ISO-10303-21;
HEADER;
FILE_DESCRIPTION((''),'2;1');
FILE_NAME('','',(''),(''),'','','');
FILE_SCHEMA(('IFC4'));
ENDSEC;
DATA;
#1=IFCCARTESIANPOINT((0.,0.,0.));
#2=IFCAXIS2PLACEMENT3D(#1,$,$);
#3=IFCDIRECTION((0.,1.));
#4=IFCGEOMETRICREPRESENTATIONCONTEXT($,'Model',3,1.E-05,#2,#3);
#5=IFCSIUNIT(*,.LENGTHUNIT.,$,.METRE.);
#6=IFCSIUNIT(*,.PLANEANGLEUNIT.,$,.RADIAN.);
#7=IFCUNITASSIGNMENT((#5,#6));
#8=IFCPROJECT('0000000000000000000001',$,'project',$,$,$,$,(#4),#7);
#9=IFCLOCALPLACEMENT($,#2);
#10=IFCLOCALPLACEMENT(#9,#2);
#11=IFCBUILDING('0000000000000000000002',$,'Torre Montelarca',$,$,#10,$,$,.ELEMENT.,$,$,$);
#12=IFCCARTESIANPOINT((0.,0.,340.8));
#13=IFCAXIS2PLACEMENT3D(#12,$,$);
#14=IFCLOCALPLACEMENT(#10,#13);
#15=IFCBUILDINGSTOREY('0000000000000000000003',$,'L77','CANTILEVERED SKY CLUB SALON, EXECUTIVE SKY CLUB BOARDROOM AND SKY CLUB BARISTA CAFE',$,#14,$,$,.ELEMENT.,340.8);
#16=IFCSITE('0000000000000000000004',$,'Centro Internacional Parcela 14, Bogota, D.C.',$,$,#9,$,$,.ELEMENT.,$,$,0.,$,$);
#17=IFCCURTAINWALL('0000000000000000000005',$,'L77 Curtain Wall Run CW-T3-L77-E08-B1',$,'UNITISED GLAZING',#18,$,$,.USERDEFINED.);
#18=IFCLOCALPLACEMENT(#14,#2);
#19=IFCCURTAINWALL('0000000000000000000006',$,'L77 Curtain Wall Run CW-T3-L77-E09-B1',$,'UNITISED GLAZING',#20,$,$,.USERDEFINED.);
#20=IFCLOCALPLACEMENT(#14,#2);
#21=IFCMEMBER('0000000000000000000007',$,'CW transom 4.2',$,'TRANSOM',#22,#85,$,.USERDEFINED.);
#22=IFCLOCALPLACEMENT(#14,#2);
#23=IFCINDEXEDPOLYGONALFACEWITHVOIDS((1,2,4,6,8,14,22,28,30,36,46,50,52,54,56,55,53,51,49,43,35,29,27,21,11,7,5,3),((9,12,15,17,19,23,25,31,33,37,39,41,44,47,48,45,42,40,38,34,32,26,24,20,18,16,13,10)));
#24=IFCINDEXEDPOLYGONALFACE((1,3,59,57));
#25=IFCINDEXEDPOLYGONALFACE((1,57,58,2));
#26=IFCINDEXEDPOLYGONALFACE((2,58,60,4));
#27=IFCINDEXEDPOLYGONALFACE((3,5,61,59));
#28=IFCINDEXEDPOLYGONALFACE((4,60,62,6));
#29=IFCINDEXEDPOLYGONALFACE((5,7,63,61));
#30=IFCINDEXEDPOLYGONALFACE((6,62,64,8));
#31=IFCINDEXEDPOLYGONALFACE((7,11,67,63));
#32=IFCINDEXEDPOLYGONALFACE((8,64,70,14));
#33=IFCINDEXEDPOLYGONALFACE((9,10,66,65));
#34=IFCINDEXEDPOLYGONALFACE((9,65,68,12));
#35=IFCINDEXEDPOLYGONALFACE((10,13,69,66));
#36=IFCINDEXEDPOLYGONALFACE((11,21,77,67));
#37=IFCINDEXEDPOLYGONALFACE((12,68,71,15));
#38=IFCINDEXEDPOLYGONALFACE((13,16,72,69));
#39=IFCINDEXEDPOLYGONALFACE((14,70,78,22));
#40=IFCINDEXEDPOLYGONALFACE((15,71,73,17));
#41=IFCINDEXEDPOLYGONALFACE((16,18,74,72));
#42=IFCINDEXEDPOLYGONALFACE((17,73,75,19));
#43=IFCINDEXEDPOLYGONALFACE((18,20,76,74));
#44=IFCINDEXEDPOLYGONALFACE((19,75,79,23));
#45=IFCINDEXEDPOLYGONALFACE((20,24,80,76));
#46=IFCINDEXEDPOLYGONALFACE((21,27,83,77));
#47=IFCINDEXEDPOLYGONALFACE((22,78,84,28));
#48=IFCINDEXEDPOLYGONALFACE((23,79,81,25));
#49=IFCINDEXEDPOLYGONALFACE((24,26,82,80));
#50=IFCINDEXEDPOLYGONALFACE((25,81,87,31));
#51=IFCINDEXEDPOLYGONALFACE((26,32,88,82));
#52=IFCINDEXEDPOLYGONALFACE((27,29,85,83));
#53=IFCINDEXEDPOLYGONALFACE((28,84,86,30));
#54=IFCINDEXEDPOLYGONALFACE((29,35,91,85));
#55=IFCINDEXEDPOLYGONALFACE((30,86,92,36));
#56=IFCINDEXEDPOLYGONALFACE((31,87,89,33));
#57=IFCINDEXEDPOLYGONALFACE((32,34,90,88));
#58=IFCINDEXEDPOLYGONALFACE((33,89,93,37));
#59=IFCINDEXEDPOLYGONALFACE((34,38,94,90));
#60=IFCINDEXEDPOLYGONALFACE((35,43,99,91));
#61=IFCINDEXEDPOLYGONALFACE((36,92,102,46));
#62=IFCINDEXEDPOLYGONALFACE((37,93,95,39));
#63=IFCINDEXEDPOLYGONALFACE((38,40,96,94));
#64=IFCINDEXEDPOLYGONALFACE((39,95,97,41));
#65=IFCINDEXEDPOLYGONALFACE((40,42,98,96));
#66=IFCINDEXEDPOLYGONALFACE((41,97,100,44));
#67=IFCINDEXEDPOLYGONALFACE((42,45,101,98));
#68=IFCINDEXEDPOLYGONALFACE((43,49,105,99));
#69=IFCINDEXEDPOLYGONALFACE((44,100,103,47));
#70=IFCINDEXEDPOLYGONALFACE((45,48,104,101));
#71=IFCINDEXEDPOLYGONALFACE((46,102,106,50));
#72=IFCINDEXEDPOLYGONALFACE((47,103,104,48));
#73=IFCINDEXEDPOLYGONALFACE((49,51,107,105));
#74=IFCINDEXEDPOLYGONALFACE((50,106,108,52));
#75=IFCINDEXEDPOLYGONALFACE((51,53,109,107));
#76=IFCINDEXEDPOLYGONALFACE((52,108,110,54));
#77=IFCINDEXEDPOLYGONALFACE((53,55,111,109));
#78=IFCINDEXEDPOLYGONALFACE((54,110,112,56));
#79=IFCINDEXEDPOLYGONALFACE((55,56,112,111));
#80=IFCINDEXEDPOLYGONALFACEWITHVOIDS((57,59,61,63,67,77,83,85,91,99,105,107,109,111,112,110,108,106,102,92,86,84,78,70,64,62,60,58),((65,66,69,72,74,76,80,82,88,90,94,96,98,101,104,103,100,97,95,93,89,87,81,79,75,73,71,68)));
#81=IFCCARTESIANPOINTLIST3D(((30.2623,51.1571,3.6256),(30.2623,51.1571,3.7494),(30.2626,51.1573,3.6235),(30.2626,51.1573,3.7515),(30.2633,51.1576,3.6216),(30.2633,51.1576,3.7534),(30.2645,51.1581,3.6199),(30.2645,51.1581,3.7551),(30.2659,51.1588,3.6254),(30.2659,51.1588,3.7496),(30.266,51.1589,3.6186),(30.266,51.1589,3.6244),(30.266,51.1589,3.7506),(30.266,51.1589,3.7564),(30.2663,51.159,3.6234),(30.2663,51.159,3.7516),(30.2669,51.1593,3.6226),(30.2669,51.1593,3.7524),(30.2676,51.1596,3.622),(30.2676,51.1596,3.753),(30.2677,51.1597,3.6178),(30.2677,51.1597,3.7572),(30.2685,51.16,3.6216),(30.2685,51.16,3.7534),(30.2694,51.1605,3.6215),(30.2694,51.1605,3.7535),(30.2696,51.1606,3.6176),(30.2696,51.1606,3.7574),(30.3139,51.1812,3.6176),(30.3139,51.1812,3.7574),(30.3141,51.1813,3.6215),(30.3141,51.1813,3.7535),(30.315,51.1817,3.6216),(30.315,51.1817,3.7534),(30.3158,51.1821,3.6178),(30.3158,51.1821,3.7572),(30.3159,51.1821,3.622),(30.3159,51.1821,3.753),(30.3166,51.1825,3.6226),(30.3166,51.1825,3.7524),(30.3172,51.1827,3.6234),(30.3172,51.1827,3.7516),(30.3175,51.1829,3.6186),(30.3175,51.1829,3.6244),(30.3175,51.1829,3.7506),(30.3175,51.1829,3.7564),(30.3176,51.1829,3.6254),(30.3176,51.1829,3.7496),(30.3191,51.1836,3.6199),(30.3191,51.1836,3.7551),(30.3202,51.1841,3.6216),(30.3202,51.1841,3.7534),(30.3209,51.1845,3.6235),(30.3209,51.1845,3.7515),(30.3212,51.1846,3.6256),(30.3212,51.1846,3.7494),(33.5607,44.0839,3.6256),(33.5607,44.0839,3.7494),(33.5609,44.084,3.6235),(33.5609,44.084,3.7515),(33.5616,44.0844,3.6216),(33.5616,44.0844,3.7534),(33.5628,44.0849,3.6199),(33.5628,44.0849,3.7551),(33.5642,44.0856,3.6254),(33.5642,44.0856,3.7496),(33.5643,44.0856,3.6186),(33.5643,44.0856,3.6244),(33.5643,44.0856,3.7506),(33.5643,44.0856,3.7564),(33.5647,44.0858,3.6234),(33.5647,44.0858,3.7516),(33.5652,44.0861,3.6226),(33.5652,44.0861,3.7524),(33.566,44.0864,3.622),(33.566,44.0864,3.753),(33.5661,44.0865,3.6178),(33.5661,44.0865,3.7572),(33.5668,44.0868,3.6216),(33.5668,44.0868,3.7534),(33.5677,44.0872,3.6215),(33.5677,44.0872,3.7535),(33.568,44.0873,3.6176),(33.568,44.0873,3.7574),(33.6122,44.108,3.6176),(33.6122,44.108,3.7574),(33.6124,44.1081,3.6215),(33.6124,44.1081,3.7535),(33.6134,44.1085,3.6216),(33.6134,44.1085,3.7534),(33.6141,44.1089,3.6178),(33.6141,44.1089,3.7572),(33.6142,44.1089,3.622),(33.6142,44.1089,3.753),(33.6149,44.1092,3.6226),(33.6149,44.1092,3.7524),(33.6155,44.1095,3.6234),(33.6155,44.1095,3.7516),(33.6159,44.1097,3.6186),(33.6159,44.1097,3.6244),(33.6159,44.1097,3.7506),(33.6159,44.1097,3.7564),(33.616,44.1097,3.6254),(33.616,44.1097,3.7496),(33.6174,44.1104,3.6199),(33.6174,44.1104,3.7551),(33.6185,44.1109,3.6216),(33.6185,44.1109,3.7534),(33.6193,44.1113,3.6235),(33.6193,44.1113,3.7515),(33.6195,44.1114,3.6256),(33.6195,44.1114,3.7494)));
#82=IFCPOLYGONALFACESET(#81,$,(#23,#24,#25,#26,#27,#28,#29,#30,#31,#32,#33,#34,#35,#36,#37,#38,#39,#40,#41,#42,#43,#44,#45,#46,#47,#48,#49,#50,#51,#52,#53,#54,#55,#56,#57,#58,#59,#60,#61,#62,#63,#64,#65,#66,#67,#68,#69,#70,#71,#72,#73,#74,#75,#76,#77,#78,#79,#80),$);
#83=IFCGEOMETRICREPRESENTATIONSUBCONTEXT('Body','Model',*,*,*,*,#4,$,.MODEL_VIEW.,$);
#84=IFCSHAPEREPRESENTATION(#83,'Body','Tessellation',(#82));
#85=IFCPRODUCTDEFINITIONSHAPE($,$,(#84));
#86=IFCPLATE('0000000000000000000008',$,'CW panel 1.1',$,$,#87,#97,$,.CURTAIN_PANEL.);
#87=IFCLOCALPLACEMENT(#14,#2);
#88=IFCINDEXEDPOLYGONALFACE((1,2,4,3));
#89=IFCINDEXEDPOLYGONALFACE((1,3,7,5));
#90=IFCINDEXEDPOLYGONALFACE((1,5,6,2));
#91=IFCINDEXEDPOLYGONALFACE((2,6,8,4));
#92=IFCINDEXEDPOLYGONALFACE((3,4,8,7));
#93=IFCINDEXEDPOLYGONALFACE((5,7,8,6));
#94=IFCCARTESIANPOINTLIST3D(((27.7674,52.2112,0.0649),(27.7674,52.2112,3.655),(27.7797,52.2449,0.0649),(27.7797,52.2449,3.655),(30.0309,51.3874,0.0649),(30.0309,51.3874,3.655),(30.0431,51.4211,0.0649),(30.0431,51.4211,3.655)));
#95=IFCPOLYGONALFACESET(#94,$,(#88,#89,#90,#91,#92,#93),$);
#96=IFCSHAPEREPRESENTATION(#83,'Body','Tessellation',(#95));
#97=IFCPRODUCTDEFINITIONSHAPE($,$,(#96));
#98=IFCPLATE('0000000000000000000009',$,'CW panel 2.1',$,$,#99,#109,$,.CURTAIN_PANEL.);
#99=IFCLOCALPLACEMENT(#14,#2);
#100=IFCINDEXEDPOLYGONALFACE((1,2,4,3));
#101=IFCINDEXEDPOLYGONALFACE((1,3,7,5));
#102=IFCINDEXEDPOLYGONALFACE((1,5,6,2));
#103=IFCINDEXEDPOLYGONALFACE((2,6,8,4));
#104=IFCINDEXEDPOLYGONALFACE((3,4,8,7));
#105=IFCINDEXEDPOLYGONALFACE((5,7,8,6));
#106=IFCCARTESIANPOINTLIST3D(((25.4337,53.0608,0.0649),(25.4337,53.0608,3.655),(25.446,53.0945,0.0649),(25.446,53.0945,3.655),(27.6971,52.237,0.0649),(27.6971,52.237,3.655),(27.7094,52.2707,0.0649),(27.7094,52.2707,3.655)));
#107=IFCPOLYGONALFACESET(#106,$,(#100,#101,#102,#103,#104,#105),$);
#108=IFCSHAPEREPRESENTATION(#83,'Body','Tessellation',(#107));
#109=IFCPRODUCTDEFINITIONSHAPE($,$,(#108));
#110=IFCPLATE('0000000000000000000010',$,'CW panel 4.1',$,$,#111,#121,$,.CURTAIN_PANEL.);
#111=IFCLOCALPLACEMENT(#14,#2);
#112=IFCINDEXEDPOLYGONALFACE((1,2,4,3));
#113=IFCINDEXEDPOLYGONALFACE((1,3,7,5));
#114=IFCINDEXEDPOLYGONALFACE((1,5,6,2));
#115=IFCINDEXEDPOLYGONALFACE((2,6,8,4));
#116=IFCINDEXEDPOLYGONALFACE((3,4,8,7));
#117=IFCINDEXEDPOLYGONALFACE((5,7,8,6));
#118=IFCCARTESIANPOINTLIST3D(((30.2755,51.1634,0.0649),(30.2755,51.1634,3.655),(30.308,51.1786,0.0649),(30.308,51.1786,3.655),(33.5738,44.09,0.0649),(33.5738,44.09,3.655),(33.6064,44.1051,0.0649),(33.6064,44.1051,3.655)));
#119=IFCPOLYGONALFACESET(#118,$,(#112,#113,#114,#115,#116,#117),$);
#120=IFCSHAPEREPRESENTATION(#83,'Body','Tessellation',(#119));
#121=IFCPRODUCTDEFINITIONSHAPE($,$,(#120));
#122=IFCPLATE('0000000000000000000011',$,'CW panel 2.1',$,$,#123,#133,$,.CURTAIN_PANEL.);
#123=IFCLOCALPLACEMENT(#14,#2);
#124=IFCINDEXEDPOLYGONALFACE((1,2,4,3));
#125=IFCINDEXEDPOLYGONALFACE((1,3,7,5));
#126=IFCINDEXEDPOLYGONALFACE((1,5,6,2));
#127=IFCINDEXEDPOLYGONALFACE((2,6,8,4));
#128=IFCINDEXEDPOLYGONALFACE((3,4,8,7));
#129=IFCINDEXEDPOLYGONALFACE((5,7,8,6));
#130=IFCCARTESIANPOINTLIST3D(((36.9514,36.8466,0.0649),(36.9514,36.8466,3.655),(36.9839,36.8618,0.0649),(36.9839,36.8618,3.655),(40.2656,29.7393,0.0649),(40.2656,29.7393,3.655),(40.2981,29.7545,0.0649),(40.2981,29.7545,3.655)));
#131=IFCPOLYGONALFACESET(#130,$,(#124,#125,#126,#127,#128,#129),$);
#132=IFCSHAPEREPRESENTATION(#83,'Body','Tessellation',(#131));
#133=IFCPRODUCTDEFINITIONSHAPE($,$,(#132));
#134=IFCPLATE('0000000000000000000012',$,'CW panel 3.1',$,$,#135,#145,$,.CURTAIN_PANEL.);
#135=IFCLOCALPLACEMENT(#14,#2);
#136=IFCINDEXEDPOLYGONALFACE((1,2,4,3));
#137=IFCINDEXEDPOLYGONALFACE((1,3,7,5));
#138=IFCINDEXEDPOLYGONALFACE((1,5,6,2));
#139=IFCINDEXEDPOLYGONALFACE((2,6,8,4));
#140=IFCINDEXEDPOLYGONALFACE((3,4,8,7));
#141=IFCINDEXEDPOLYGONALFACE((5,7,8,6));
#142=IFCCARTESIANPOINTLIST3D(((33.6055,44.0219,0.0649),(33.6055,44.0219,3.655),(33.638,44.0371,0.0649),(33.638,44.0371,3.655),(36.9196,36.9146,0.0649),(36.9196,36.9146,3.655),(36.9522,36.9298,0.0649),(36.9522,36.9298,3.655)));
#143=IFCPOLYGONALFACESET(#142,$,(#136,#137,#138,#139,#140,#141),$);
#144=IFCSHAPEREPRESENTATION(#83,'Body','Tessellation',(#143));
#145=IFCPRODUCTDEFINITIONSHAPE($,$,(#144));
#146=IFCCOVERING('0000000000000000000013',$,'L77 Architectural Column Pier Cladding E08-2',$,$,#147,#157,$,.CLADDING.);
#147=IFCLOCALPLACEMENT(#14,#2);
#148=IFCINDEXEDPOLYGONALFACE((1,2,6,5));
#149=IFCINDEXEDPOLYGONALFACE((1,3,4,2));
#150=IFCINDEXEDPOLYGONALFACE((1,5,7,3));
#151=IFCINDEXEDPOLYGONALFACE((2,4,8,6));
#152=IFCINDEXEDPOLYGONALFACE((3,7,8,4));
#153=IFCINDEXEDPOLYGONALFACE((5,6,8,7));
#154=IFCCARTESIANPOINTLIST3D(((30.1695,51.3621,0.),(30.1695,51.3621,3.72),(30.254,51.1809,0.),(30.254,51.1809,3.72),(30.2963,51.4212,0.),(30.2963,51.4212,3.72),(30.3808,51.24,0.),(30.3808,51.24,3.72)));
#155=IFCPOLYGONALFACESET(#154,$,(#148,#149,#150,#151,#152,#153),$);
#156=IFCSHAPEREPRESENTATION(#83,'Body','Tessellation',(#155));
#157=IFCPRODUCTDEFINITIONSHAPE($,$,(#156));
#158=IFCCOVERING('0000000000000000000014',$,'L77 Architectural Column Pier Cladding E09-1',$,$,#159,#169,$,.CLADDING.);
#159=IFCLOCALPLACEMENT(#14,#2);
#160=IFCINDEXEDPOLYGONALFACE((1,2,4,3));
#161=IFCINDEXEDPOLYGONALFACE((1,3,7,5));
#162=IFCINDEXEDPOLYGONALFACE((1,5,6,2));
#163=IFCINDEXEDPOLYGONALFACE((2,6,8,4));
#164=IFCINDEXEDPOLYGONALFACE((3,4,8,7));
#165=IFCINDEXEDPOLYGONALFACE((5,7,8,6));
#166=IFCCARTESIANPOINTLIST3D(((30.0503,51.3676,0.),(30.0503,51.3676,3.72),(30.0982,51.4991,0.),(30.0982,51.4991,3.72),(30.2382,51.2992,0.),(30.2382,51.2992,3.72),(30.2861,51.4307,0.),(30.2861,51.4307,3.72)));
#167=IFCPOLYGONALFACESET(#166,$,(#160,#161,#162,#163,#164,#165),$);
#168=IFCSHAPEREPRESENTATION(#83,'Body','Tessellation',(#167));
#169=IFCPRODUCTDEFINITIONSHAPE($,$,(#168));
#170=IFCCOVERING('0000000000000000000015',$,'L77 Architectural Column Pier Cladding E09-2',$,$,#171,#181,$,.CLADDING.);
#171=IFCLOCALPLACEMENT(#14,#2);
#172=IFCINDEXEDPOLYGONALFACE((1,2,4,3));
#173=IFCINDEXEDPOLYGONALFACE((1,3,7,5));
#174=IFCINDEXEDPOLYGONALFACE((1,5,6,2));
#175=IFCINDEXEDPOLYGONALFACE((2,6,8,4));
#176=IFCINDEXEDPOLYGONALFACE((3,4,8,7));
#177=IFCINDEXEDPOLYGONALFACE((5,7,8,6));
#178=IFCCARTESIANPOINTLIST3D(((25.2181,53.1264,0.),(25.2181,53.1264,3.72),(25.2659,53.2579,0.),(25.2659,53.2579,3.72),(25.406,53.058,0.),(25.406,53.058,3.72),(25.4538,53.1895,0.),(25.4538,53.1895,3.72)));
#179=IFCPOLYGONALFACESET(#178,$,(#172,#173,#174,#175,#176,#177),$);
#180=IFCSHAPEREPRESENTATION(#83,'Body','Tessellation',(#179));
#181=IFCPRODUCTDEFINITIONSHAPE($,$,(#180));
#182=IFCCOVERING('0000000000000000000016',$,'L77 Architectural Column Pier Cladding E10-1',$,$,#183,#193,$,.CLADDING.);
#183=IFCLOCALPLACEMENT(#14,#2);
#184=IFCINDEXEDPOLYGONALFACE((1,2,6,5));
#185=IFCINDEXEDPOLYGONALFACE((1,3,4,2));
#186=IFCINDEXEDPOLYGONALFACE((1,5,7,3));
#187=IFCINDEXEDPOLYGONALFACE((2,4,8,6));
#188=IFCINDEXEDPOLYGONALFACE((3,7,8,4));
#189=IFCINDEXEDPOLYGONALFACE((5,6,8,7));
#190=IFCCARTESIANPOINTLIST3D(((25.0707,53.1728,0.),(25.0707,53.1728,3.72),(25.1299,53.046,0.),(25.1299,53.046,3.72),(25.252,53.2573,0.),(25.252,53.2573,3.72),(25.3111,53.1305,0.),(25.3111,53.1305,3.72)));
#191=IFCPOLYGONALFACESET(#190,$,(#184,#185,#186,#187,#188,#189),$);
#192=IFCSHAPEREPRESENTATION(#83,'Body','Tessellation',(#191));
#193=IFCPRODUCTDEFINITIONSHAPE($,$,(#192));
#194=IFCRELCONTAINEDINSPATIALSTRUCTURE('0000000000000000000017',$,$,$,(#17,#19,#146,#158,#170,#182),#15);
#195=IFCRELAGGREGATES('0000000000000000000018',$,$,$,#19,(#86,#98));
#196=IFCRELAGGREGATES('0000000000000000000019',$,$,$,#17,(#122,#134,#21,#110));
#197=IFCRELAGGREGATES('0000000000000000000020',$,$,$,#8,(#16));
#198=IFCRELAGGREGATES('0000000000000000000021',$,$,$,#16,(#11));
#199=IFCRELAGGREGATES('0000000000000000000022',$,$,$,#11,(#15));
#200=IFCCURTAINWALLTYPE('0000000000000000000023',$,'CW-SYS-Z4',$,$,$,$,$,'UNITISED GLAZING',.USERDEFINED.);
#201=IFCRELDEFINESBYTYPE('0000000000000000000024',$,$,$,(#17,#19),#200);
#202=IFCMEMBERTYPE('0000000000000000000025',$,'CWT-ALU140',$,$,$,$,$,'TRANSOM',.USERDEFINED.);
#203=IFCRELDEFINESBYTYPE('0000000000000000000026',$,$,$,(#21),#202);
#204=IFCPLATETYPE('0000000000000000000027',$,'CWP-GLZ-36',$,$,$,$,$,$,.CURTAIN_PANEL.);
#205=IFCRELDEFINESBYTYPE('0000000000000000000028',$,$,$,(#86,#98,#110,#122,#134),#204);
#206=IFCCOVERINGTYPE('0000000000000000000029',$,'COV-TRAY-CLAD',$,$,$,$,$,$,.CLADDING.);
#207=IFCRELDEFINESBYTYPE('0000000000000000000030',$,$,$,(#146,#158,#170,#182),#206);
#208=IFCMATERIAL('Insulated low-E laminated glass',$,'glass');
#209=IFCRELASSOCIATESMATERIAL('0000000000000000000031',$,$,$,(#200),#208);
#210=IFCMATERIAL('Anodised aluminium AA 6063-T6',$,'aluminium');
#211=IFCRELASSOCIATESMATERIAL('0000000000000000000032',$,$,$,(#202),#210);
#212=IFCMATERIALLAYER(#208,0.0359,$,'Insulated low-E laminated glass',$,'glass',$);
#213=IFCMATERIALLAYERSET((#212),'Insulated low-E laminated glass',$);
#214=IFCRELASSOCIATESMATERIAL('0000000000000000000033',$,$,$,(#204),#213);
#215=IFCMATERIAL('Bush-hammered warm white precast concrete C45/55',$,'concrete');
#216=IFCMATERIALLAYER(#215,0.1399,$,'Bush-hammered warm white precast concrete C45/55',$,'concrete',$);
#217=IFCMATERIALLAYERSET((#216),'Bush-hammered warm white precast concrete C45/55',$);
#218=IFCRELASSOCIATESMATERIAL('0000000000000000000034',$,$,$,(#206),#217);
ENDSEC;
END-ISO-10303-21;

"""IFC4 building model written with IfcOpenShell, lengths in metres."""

from ifc_helpers import new_model, si_unit, direction, frame, origin, origin_2d, place, context, subcontext, project, spatial, rectangle, hollow_rectangle, extrude, source, transform, mapped, material, layer, layer_set, material_profile, profile_set, type_object, element, aggregate, save


model = new_model("IFC4")

# Units and contexts
model_context = context("Model", 3, precision=1e-05, world=origin(), true_north=direction((0.0, 1.0)))
body_context = subcontext(model_context, "Body", "Model", "MODEL_VIEW")
ifc_project = project(units=[si_unit("LENGTHUNIT", "METRE"), si_unit("PLANEANGLEUNIT", "RADIAN")], contexts=[model_context])

# Site, building, storey
site_placement = place(None, origin())
site = spatial("IfcSite", under=ifc_project, at=site_placement, Name="Centro Internacional Parcela 14, Bogota, D.C.", CompositionType="ELEMENT", RefElevation=0.0)
building_placement = place(site_placement, origin())
building = spatial("IfcBuilding", under=site, at=building_placement, Name="Torre Montelarca", CompositionType="ELEMENT")
storey_placement = place(building_placement, frame((0.0, 0.0, 340.8)))
storey = spatial("IfcBuildingStorey", under=building, at=storey_placement, Name="L77", Description="CANTILEVERED SKY CLUB SALON, EXECUTIVE SKY CLUB BOARDROOM AND SKY CLUB BARISTA CAFE", CompositionType="ELEMENT", Elevation=340.8)

# Curtain walls
ifc_material_1 = material(Name="Insulated low-E laminated glass", Category="glass")
curtain_wall_type = type_object("IfcCurtainWallType", Name="CW-SYS-Z4", ElementType="UNITISED GLAZING", PredefinedType="USERDEFINED", material=ifc_material_1)
curtain_wall_1_placement = place(storey_placement, origin())
curtain_wall_1 = element("IfcCurtainWall", 1, at=curtain_wall_1_placement, inside=storey, type_object=curtain_wall_type, Name="L77 Curtain Wall Run CW-T3-L77-E08-B1", ObjectType="UNITISED GLAZING", PredefinedType="USERDEFINED")
ifc_material_2 = material(Name="Anodised aluminium AA 6063-T6", Category="aluminium")
curtain_wall_2_placement = place(storey_placement, origin())
curtain_wall_2 = element("IfcCurtainWall", 2, at=curtain_wall_2_placement, inside=storey, type_object=curtain_wall_type, Name="L77 Curtain Wall Run CW-T3-L77-E09-B1", ObjectType="UNITISED GLAZING", PredefinedType="USERDEFINED")
ifc_material_profile_1 = material_profile(ifc_material_2, hollow_rectangle(XDim=0.0649, YDim=0.1399, WallThickness=0.0039, InnerFilletRadius=0.0039, OuterFilletRadius=0.0081, at=origin_2d()), Name="ALU65X140X4", Category="aluminium")
ifc_profile_set_1 = profile_set([ifc_material_profile_1], Name="Anodised aluminium AA 6063-T6")
member_type_1 = type_object("IfcMemberType", Name="CWT-ALU140", ElementType="TRANSOM", PredefinedType="USERDEFINED", material=ifc_profile_set_1)

# Member
shared_shape_1 = source(origin(), body_context, "Body", "SweptSolid", [
    extrude(hollow_rectangle(XDim=0.0649, YDim=0.1399, WallThickness=0.0039, InnerFilletRadius=0.0039, OuterFilletRadius=0.0081, at=origin_2d()), origin(), (0.0, 0.0, 1.0), 7.8044),
])
member_1_placement = place(storey_placement, frame((33.5901, 44.0977, 3.6875), z_axis=(-0.422622, 0.906306, 0.0), x_axis=(-0.906306, -0.422622, 0.0)))
member_1 = element("IfcMember", 3, at=member_1_placement, type_object=member_type_1, Name="CW transom 4.2", ObjectType="TRANSOM", PredefinedType="USERDEFINED", context=body_context, shape_type="MappedRepresentation", body=[
    mapped(shared_shape_1, transform((0.0, 0.0, 0.0), scale=1.0)),
])

# Plates
ifc_layer_1 = layer(ifc_material_1, 0.0359, Name="Insulated low-E laminated glass", Category="glass")
ifc_layer_set_1 = layer_set([ifc_layer_1], Name="Insulated low-E laminated glass")
plate_type = type_object("IfcPlateType", Name="CWP-GLZ-36", PredefinedType="CURTAIN_PANEL", material=ifc_layer_set_1)
shared_shape_2 = source(origin(), body_context, "Body", "SweptSolid", [
    extrude(rectangle(XDim=2.4087, YDim=0.0359, at=origin_2d()), origin(), (0.0, 0.0, 1.0), 3.5901),
])
plate_1_placement = place(storey_placement, frame((28.9053, 51.8162, 0.0649), z_axis=(0.0, 0.0, 1.0), x_axis=(-0.939694, 0.342015, 0.0)))
plate_1 = element("IfcPlate", 4, at=plate_1_placement, type_object=plate_type, Name="CW panel 1.1", PredefinedType="CURTAIN_PANEL", context=body_context, shape_type="MappedRepresentation", body=[
    mapped(shared_shape_2, transform((0.0, 0.0, 0.0), scale=1.0)),
])
plate_2_placement = place(storey_placement, frame((26.5715, 52.6658, 0.0649), z_axis=(0.0, 0.0, 1.0), x_axis=(-0.939694, 0.342015, 0.0)))
plate_2 = element("IfcPlate", 5, at=plate_2_placement, type_object=plate_type, Name="CW panel 2.1", PredefinedType="CURTAIN_PANEL", context=body_context, shape_type="MappedRepresentation", body=[
    mapped(shared_shape_2, transform((0.0, 0.0, 0.0), scale=1.0)),
])
aggregate(curtain_wall_2, [plate_1, plate_2])
shared_shape_3 = source(origin(), body_context, "Body", "SweptSolid", [
    extrude(rectangle(XDim=7.8047, YDim=0.0359, at=origin_2d()), origin(), (0.0, 0.0, 1.0), 3.5901),
])
plate_3_placement = place(storey_placement, frame((31.9409, 47.6343, 0.0649), z_axis=(0.0, 0.0, 1.0), x_axis=(-0.422615, 0.906309, 0.0)))
plate_3 = element("IfcPlate", 6, at=plate_3_placement, type_object=plate_type, Name="CW panel 4.1", PredefinedType="CURTAIN_PANEL", context=body_context, shape_type="MappedRepresentation", body=[
    mapped(shared_shape_3, transform((0.0, 0.0, 0.0), scale=1.0)),
])
shared_shape_4 = source(origin(), body_context, "Body", "SweptSolid", [
    extrude(rectangle(XDim=7.842, YDim=0.0359, at=origin_2d()), origin(), (0.0, 0.0, 1.0), 3.5901),
])
plate_4_placement = place(storey_placement, frame((38.6248, 33.3005, 0.0649), z_axis=(0.0, 0.0, 1.0), x_axis=(-0.422615, 0.906309, 0.0)))
plate_4 = element("IfcPlate", 7, at=plate_4_placement, type_object=plate_type, Name="CW panel 2.1", PredefinedType="CURTAIN_PANEL", context=body_context, shape_type="MappedRepresentation", body=[
    mapped(shared_shape_4, transform((0.0, 0.0, 0.0), scale=1.0)),
])
plate_5_placement = place(storey_placement, frame((35.2788, 40.4758, 0.0649), z_axis=(0.0, 0.0, 1.0), x_axis=(-0.422615, 0.906309, 0.0)))
plate_5 = element("IfcPlate", 8, at=plate_5_placement, type_object=plate_type, Name="CW panel 3.1", PredefinedType="CURTAIN_PANEL", context=body_context, shape_type="MappedRepresentation", body=[
    mapped(shared_shape_4, transform((0.0, 0.0, 0.0), scale=1.0)),
])
aggregate(curtain_wall_1, [plate_4, plate_5, member_1, plate_3])

# Coverings
ifc_material_3 = material(Name="Bush-hammered warm white precast concrete C45/55", Category="concrete")
ifc_layer_2 = layer(ifc_material_3, 0.1399, Name="Bush-hammered warm white precast concrete C45/55", Category="concrete")
ifc_layer_set_2 = layer_set([ifc_layer_2], Name="Bush-hammered warm white precast concrete C45/55")
covering_type = type_object("IfcCoveringType", Name="COV-TRAY-CLAD", PredefinedType="CLADDING", material=ifc_layer_set_2)
shared_shape_5 = source(origin(), body_context, "Body", "SweptSolid", [
    extrude(rectangle(XDim=0.2, YDim=0.1399, at=origin_2d()), origin(), (0.0, 0.0, 1.0), 3.72),
])
for number, where, z_axis, x_axis, name in (
    (9, (30.2751, 51.301, 0.0), (0.0, 0.0, 1.0), (-0.422617, 0.906309, 0.0), "L77 Architectural Column Pier Cladding E08-2"),
    (10, (30.1682, 51.3992, 0.0), (0.0, 0.0, 1.0), (-0.939696, 0.34201, 0.0), "L77 Architectural Column Pier Cladding E09-1"),
    (11, (25.3359, 53.158, 0.0), (0.0, 0.0, 1.0), (-0.939696, 0.34201, 0.0), "L77 Architectural Column Pier Cladding E09-2"),
    (12, (25.1909, 53.1516, 0.0), (0.0, 0.0, 1.0), (-0.906308, -0.422618, 0.0), "L77 Architectural Column Pier Cladding E10-1"),
):
    element("IfcCovering", number, at=place(storey_placement, frame(where, z_axis=z_axis, x_axis=x_axis)), inside=storey, type_object=covering_type, Name=name, PredefinedType="CLADDING", context=body_context, shape_type="MappedRepresentation", body=[
        mapped(shared_shape_5, transform((0.0, 0.0, 0.0), scale=1.0)),
    ])

save(model, "model.ifc")
